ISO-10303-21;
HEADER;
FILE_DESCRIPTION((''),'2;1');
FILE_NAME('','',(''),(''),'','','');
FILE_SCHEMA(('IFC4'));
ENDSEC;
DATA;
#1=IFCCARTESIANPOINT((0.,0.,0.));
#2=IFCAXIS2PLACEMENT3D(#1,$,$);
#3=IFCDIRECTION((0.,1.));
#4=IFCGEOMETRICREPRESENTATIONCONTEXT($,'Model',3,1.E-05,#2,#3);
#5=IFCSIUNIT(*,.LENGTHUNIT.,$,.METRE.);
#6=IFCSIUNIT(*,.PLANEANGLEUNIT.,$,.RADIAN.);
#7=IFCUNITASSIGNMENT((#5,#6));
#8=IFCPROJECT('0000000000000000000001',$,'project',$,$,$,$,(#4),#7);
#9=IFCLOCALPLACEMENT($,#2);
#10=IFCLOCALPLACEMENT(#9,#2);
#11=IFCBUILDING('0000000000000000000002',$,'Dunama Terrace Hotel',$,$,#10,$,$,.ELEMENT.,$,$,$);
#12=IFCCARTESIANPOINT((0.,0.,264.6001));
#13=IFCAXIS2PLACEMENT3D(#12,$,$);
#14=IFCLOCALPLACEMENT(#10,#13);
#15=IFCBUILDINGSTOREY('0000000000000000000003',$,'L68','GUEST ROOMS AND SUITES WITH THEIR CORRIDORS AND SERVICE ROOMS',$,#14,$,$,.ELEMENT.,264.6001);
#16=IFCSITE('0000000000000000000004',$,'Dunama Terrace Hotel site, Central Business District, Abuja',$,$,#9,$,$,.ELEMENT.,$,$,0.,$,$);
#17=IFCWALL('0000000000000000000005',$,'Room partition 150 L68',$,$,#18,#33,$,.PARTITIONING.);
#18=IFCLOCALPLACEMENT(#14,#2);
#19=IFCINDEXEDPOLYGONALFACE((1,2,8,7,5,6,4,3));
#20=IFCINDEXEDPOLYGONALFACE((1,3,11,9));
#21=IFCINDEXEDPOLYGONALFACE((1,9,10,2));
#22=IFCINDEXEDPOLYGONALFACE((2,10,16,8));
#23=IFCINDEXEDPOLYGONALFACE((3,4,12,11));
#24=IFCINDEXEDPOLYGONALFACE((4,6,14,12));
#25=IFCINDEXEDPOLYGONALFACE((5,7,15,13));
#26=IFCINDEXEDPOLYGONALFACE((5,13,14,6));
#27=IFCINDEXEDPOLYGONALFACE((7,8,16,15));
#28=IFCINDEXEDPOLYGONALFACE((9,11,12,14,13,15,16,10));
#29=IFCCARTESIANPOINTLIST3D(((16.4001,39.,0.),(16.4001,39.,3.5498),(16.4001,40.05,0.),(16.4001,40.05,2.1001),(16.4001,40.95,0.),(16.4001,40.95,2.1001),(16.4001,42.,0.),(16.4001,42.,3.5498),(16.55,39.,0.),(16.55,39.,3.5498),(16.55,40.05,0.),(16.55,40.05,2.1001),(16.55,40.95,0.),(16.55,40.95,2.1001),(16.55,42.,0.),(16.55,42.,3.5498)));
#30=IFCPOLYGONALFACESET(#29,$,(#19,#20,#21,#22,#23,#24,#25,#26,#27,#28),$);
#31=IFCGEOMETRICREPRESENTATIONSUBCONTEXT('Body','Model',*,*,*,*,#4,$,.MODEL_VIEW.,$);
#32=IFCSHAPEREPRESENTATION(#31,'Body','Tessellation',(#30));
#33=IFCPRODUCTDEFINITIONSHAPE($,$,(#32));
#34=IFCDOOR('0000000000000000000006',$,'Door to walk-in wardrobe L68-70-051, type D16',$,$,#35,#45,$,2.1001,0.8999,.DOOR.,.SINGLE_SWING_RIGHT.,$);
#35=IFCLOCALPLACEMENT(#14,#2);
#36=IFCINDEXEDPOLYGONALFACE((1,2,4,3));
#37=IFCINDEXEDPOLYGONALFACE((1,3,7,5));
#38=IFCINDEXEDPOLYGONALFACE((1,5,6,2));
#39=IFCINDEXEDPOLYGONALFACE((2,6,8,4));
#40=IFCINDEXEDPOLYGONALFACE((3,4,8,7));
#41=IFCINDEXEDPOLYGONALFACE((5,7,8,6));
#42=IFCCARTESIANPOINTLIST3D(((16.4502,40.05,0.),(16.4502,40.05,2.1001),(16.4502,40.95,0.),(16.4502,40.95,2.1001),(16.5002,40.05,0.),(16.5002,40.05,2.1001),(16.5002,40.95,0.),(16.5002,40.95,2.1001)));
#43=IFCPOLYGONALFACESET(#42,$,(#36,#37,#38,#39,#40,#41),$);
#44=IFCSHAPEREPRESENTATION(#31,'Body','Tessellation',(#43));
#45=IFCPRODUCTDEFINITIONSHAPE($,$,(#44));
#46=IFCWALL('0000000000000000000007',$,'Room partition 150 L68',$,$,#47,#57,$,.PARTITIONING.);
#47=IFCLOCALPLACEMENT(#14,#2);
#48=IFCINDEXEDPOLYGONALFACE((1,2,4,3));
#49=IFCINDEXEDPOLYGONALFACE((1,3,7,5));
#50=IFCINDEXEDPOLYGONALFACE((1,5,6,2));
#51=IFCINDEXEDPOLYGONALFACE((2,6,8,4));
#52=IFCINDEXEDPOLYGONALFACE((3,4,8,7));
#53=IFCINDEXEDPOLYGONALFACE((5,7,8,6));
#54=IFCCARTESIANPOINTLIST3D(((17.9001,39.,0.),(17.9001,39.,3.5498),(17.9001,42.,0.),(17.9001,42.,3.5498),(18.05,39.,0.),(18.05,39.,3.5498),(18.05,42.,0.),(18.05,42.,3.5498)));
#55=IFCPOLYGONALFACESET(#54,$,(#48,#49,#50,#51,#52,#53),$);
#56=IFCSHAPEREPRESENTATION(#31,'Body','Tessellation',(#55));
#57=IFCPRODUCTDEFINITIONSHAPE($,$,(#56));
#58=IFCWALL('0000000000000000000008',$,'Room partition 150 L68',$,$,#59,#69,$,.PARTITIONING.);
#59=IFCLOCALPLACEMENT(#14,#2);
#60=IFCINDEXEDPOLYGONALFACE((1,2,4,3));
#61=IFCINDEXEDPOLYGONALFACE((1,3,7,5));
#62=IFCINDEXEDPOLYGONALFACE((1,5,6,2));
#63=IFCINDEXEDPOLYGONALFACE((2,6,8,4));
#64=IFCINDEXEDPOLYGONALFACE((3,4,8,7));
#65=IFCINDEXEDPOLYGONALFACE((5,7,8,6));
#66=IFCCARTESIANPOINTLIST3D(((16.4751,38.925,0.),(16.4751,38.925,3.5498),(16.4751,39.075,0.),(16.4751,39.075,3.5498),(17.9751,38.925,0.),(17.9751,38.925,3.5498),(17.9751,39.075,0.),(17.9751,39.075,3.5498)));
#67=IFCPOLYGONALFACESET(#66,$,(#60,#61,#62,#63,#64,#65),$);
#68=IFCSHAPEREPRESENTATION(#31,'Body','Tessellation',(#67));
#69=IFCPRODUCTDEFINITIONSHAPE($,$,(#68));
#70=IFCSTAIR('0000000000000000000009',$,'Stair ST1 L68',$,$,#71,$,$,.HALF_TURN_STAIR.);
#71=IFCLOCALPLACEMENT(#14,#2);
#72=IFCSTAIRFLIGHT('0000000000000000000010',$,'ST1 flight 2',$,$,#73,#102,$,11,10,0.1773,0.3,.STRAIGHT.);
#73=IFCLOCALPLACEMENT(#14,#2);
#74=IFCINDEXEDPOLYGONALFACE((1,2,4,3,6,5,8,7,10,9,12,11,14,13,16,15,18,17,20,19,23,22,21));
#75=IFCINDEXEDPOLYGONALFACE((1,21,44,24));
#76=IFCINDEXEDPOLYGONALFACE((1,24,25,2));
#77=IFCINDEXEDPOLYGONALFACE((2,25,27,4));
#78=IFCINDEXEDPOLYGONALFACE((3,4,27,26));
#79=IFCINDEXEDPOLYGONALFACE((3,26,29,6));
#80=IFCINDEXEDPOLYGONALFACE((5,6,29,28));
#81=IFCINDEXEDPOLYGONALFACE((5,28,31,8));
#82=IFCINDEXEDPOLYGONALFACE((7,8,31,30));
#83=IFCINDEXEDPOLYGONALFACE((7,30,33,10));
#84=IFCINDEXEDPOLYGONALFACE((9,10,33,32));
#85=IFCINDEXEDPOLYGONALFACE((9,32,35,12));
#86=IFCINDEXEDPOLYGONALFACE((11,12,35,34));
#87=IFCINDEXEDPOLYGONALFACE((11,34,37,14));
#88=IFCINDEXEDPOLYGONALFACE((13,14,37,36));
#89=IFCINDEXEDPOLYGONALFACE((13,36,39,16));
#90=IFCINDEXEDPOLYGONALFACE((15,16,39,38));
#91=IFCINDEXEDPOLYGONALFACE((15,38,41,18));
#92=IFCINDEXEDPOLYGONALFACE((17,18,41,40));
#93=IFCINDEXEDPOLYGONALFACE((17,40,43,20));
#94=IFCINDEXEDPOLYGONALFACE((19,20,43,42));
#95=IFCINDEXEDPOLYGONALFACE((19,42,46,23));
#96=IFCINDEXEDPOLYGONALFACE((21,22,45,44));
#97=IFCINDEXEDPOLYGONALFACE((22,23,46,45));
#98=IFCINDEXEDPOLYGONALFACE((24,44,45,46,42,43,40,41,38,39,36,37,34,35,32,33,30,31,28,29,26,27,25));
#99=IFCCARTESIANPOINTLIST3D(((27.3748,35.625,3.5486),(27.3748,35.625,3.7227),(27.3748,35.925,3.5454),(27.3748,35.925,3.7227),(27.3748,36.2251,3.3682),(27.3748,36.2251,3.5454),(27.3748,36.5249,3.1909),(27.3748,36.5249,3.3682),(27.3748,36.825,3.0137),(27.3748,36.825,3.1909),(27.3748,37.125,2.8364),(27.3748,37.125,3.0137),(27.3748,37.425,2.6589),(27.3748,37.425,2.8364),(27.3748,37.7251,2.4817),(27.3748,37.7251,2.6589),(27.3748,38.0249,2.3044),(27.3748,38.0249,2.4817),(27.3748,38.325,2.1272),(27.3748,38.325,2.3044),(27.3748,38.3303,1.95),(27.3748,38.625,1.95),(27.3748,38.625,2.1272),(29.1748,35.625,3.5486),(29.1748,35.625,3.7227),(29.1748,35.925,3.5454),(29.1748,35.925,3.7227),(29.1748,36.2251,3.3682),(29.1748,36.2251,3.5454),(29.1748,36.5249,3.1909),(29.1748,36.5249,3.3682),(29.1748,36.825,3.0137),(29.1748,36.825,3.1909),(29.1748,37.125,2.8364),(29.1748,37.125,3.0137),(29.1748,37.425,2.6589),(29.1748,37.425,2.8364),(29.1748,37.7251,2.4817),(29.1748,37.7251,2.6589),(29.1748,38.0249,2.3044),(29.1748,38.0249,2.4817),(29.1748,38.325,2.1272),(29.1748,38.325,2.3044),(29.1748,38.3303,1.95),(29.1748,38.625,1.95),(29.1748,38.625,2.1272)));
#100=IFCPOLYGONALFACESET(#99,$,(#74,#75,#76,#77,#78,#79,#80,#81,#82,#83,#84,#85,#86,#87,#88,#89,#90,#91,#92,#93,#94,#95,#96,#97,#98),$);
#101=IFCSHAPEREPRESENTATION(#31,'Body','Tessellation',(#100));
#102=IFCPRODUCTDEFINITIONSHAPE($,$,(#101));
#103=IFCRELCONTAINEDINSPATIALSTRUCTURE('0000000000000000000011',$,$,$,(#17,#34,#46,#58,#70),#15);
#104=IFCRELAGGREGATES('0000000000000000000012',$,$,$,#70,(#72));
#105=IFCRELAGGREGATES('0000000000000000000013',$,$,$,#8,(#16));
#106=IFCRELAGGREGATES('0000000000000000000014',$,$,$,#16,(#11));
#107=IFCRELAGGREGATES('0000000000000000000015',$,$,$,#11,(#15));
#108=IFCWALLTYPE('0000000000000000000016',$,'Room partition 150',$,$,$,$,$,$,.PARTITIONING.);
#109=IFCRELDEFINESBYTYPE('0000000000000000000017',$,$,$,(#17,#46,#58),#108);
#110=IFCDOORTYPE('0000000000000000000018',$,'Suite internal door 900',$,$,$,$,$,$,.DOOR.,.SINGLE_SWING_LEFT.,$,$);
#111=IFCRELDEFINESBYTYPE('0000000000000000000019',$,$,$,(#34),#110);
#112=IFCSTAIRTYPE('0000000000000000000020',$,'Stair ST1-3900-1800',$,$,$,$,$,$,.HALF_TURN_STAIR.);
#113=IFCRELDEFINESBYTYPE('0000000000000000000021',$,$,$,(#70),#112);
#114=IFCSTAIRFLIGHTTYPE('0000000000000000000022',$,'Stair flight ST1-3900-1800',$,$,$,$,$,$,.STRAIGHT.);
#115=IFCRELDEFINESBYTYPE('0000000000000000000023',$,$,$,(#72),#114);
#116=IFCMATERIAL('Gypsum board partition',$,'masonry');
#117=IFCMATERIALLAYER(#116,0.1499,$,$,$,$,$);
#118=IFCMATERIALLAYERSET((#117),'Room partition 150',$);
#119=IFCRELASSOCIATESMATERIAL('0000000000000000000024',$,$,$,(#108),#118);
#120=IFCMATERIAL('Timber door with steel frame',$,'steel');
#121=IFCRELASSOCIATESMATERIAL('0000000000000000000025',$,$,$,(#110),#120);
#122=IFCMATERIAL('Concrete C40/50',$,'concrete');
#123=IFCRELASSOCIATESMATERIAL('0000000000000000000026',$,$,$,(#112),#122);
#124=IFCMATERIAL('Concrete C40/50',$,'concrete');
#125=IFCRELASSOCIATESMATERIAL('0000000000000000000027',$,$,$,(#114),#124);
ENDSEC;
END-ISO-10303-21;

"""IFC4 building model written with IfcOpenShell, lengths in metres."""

from ifc_helpers import new_model, si_unit, direction, frame, frame_2d, origin, place, context, subcontext, project, spatial, polyline, rectangle, outline, extrude, material, layer, layer_set, type_object, element, fill, aggregate, save


model = new_model("IFC4")

# Units and contexts
model_context = context("Model", 3, precision=1e-05, world=origin(), true_north=direction((0.0, 1.0)))
body_context = subcontext(model_context, "Body", "Model", "MODEL_VIEW")
ifc_project = project(units=[si_unit("LENGTHUNIT", "METRE"), si_unit("PLANEANGLEUNIT", "RADIAN")], contexts=[model_context])

# Site, building, storey
site_placement = place(None, origin())
site = spatial("IfcSite", under=ifc_project, at=site_placement, Name="Dunama Terrace Hotel site, Central Business District, Abuja", CompositionType="ELEMENT", RefElevation=0.0)
building_placement = place(site_placement, origin())
building = spatial("IfcBuilding", under=site, at=building_placement, Name="Dunama Terrace Hotel", CompositionType="ELEMENT")
storey_placement = place(building_placement, frame((0.0, 0.0, 264.6001)))
storey = spatial("IfcBuildingStorey", under=building, at=storey_placement, Name="L68", Description="GUEST ROOMS AND SUITES WITH THEIR CORRIDORS AND SERVICE ROOMS", CompositionType="ELEMENT", Elevation=264.6001)

# Wall, opening, door
ifc_material_1 = material(Name="Gypsum board partition", Category="masonry")
ifc_layer_1 = layer(ifc_material_1, 0.1499)
ifc_layer_set_1 = layer_set([ifc_layer_1], Name="Room partition 150")
wall_type_1 = type_object("IfcWallType", Name="Room partition 150", PredefinedType="PARTITIONING", material=ifc_layer_set_1)
wall_1_placement = place(storey_placement, frame((16.4751, 39.0, 0.0), z_axis=(0.0, 0.0, 1.0), x_axis=(0.0, 1.0, 0.0)))
wall_1 = element("IfcWall", 1, at=wall_1_placement, inside=storey, type_object=wall_type_1, Name="Room partition 150 L68", PredefinedType="PARTITIONING", context=body_context, shape_type="SweptSolid", body=[
    extrude(rectangle(XDim=3.0, YDim=0.1499, at=frame_2d((1.5, 0.0))), origin(), (0.0, 0.0, 1.0), 3.5498),
])
opening_1_placement = place(wall_1_placement, frame((1.05, 0.0, 0.0)))
opening_1 = element("IfcOpeningElement", 2, at=opening_1_placement, cuts=wall_1, PredefinedType="OPENING", context=body_context, shape_type="SweptSolid", body=[
    extrude(rectangle(XDim=0.8999, YDim=2.1001, at=frame_2d((0.45, 1.05))), frame((0.0, 0.085, 0.0), z_axis=(0.0, -1.0, 0.0), x_axis=(1.0, 0.0, 0.0)), (0.0, 0.0, 1.0), 0.1699),
])
ifc_material_2 = material(Name="Timber door with steel frame", Category="steel")
door_type_1 = type_object("IfcDoorType", Name="Suite internal door 900", OperationType="SINGLE_SWING_LEFT", PredefinedType="DOOR", material=ifc_material_2)
door_1_placement = place(opening_1_placement, frame((0.8999, 0.0, 0.0), z_axis=(0.0, 0.0, 1.0), x_axis=(-1.0, 0.0, 0.0)))
door_1 = element("IfcDoor", 3, at=door_1_placement, inside=storey, type_object=door_type_1, Name="Door to walk-in wardrobe L68-70-051, type D16", OperationType="SINGLE_SWING_RIGHT", OverallHeight=2.1001, OverallWidth=0.8999, PredefinedType="DOOR", context=body_context, shape_type="SweptSolid", body=[
    extrude(rectangle(XDim=0.8999, YDim=2.1001, at=frame_2d((0.45, 1.05))), frame((0.0, 0.0251, 0.0), z_axis=(0.0, -1.0, 0.0), x_axis=(1.0, 0.0, 0.0)), (0.0, 0.0, 1.0), 0.05),
])
fill(opening_1, door_1)

# Walls
wall_2_placement = place(storey_placement, frame((17.9751, 39.0, 0.0), z_axis=(0.0, 0.0, 1.0), x_axis=(0.0, 1.0, 0.0)))
element("IfcWall", 4, at=wall_2_placement, inside=storey, type_object=wall_type_1, Name="Room partition 150 L68", PredefinedType="PARTITIONING", context=body_context, shape_type="SweptSolid", body=[
    extrude(rectangle(XDim=3.0, YDim=0.1499, at=frame_2d((1.5, 0.0))), origin(), (0.0, 0.0, 1.0), 3.5498),
])
wall_3_placement = place(storey_placement, frame((16.4751, 39.0, 0.0), z_axis=(0.0, 0.0, 1.0), x_axis=(1.0, 0.0, 0.0)))
element("IfcWall", 5, at=wall_3_placement, inside=storey, type_object=wall_type_1, Name="Room partition 150 L68", PredefinedType="PARTITIONING", context=body_context, shape_type="SweptSolid", body=[
    extrude(rectangle(XDim=1.5, YDim=0.1499, at=frame_2d((0.75, 0.0))), origin(), (0.0, 0.0, 1.0), 3.5498),
])

# Stair, stair flight
ifc_material_3 = material(Name="Concrete C40/50", Category="concrete")
stair_type = type_object("IfcStairType", Name="Stair ST1-3900-1800", PredefinedType="HALF_TURN_STAIR", material=ifc_material_3)
stair_placement = place(storey_placement, origin())
stair = element("IfcStair", 6, at=stair_placement, inside=storey, type_object=stair_type, Name="Stair ST1 L68", PredefinedType="HALF_TURN_STAIR")
ifc_material_4 = material(Name="Concrete C40/50", Category="concrete")
stair_flight_type = type_object("IfcStairFlightType", Name="Stair flight ST1-3900-1800", PredefinedType="STRAIGHT", material=ifc_material_4)
stair_flight_placement = place(storey_placement, frame((28.2749, 38.625, 1.95), z_axis=(0.0, 0.0, 1.0), x_axis=(0.0, -1.0, 0.0)))
stair_flight = element("IfcStairFlight", 7, at=stair_flight_placement, type_object=stair_flight_type, Name="ST1 flight 2", NumberOfRisers=11, NumberOfTreads=10, PredefinedType="STRAIGHT", RiserHeight=0.1773, TreadLength=0.3, context=body_context, shape_type="SweptSolid", body=[
    extrude(outline(polyline([(0.0, 0.0), (0.0, 0.1772), (0.3, 0.1772), (0.3, 0.3545), (0.6001, 0.3545), (0.6001, 0.5317), (0.8999, 0.5317), (0.8999, 0.709), (1.2, 0.709), (1.2, 0.8865), (1.5, 0.8865), (1.5, 1.0637), (1.8, 1.0637), (1.8, 1.241), (2.1001, 1.241), (2.1001, 1.4182), (2.3999, 1.4182), (2.3999, 1.5955), (2.7, 1.5955), (2.7, 1.7727), (3.0, 1.7727), (3.0, 1.95), (3.0, 1.5986), (0.2947, 0.0), (0.0, 0.0)])), frame((0.0, 0.8999, 0.0), z_axis=(0.0, -1.0, 0.0), x_axis=(1.0, 0.0, 0.0)), (0.0, 0.0, 1.0), 1.8),
])
aggregate(stair, [stair_flight])

save(model, "model.ifc")
